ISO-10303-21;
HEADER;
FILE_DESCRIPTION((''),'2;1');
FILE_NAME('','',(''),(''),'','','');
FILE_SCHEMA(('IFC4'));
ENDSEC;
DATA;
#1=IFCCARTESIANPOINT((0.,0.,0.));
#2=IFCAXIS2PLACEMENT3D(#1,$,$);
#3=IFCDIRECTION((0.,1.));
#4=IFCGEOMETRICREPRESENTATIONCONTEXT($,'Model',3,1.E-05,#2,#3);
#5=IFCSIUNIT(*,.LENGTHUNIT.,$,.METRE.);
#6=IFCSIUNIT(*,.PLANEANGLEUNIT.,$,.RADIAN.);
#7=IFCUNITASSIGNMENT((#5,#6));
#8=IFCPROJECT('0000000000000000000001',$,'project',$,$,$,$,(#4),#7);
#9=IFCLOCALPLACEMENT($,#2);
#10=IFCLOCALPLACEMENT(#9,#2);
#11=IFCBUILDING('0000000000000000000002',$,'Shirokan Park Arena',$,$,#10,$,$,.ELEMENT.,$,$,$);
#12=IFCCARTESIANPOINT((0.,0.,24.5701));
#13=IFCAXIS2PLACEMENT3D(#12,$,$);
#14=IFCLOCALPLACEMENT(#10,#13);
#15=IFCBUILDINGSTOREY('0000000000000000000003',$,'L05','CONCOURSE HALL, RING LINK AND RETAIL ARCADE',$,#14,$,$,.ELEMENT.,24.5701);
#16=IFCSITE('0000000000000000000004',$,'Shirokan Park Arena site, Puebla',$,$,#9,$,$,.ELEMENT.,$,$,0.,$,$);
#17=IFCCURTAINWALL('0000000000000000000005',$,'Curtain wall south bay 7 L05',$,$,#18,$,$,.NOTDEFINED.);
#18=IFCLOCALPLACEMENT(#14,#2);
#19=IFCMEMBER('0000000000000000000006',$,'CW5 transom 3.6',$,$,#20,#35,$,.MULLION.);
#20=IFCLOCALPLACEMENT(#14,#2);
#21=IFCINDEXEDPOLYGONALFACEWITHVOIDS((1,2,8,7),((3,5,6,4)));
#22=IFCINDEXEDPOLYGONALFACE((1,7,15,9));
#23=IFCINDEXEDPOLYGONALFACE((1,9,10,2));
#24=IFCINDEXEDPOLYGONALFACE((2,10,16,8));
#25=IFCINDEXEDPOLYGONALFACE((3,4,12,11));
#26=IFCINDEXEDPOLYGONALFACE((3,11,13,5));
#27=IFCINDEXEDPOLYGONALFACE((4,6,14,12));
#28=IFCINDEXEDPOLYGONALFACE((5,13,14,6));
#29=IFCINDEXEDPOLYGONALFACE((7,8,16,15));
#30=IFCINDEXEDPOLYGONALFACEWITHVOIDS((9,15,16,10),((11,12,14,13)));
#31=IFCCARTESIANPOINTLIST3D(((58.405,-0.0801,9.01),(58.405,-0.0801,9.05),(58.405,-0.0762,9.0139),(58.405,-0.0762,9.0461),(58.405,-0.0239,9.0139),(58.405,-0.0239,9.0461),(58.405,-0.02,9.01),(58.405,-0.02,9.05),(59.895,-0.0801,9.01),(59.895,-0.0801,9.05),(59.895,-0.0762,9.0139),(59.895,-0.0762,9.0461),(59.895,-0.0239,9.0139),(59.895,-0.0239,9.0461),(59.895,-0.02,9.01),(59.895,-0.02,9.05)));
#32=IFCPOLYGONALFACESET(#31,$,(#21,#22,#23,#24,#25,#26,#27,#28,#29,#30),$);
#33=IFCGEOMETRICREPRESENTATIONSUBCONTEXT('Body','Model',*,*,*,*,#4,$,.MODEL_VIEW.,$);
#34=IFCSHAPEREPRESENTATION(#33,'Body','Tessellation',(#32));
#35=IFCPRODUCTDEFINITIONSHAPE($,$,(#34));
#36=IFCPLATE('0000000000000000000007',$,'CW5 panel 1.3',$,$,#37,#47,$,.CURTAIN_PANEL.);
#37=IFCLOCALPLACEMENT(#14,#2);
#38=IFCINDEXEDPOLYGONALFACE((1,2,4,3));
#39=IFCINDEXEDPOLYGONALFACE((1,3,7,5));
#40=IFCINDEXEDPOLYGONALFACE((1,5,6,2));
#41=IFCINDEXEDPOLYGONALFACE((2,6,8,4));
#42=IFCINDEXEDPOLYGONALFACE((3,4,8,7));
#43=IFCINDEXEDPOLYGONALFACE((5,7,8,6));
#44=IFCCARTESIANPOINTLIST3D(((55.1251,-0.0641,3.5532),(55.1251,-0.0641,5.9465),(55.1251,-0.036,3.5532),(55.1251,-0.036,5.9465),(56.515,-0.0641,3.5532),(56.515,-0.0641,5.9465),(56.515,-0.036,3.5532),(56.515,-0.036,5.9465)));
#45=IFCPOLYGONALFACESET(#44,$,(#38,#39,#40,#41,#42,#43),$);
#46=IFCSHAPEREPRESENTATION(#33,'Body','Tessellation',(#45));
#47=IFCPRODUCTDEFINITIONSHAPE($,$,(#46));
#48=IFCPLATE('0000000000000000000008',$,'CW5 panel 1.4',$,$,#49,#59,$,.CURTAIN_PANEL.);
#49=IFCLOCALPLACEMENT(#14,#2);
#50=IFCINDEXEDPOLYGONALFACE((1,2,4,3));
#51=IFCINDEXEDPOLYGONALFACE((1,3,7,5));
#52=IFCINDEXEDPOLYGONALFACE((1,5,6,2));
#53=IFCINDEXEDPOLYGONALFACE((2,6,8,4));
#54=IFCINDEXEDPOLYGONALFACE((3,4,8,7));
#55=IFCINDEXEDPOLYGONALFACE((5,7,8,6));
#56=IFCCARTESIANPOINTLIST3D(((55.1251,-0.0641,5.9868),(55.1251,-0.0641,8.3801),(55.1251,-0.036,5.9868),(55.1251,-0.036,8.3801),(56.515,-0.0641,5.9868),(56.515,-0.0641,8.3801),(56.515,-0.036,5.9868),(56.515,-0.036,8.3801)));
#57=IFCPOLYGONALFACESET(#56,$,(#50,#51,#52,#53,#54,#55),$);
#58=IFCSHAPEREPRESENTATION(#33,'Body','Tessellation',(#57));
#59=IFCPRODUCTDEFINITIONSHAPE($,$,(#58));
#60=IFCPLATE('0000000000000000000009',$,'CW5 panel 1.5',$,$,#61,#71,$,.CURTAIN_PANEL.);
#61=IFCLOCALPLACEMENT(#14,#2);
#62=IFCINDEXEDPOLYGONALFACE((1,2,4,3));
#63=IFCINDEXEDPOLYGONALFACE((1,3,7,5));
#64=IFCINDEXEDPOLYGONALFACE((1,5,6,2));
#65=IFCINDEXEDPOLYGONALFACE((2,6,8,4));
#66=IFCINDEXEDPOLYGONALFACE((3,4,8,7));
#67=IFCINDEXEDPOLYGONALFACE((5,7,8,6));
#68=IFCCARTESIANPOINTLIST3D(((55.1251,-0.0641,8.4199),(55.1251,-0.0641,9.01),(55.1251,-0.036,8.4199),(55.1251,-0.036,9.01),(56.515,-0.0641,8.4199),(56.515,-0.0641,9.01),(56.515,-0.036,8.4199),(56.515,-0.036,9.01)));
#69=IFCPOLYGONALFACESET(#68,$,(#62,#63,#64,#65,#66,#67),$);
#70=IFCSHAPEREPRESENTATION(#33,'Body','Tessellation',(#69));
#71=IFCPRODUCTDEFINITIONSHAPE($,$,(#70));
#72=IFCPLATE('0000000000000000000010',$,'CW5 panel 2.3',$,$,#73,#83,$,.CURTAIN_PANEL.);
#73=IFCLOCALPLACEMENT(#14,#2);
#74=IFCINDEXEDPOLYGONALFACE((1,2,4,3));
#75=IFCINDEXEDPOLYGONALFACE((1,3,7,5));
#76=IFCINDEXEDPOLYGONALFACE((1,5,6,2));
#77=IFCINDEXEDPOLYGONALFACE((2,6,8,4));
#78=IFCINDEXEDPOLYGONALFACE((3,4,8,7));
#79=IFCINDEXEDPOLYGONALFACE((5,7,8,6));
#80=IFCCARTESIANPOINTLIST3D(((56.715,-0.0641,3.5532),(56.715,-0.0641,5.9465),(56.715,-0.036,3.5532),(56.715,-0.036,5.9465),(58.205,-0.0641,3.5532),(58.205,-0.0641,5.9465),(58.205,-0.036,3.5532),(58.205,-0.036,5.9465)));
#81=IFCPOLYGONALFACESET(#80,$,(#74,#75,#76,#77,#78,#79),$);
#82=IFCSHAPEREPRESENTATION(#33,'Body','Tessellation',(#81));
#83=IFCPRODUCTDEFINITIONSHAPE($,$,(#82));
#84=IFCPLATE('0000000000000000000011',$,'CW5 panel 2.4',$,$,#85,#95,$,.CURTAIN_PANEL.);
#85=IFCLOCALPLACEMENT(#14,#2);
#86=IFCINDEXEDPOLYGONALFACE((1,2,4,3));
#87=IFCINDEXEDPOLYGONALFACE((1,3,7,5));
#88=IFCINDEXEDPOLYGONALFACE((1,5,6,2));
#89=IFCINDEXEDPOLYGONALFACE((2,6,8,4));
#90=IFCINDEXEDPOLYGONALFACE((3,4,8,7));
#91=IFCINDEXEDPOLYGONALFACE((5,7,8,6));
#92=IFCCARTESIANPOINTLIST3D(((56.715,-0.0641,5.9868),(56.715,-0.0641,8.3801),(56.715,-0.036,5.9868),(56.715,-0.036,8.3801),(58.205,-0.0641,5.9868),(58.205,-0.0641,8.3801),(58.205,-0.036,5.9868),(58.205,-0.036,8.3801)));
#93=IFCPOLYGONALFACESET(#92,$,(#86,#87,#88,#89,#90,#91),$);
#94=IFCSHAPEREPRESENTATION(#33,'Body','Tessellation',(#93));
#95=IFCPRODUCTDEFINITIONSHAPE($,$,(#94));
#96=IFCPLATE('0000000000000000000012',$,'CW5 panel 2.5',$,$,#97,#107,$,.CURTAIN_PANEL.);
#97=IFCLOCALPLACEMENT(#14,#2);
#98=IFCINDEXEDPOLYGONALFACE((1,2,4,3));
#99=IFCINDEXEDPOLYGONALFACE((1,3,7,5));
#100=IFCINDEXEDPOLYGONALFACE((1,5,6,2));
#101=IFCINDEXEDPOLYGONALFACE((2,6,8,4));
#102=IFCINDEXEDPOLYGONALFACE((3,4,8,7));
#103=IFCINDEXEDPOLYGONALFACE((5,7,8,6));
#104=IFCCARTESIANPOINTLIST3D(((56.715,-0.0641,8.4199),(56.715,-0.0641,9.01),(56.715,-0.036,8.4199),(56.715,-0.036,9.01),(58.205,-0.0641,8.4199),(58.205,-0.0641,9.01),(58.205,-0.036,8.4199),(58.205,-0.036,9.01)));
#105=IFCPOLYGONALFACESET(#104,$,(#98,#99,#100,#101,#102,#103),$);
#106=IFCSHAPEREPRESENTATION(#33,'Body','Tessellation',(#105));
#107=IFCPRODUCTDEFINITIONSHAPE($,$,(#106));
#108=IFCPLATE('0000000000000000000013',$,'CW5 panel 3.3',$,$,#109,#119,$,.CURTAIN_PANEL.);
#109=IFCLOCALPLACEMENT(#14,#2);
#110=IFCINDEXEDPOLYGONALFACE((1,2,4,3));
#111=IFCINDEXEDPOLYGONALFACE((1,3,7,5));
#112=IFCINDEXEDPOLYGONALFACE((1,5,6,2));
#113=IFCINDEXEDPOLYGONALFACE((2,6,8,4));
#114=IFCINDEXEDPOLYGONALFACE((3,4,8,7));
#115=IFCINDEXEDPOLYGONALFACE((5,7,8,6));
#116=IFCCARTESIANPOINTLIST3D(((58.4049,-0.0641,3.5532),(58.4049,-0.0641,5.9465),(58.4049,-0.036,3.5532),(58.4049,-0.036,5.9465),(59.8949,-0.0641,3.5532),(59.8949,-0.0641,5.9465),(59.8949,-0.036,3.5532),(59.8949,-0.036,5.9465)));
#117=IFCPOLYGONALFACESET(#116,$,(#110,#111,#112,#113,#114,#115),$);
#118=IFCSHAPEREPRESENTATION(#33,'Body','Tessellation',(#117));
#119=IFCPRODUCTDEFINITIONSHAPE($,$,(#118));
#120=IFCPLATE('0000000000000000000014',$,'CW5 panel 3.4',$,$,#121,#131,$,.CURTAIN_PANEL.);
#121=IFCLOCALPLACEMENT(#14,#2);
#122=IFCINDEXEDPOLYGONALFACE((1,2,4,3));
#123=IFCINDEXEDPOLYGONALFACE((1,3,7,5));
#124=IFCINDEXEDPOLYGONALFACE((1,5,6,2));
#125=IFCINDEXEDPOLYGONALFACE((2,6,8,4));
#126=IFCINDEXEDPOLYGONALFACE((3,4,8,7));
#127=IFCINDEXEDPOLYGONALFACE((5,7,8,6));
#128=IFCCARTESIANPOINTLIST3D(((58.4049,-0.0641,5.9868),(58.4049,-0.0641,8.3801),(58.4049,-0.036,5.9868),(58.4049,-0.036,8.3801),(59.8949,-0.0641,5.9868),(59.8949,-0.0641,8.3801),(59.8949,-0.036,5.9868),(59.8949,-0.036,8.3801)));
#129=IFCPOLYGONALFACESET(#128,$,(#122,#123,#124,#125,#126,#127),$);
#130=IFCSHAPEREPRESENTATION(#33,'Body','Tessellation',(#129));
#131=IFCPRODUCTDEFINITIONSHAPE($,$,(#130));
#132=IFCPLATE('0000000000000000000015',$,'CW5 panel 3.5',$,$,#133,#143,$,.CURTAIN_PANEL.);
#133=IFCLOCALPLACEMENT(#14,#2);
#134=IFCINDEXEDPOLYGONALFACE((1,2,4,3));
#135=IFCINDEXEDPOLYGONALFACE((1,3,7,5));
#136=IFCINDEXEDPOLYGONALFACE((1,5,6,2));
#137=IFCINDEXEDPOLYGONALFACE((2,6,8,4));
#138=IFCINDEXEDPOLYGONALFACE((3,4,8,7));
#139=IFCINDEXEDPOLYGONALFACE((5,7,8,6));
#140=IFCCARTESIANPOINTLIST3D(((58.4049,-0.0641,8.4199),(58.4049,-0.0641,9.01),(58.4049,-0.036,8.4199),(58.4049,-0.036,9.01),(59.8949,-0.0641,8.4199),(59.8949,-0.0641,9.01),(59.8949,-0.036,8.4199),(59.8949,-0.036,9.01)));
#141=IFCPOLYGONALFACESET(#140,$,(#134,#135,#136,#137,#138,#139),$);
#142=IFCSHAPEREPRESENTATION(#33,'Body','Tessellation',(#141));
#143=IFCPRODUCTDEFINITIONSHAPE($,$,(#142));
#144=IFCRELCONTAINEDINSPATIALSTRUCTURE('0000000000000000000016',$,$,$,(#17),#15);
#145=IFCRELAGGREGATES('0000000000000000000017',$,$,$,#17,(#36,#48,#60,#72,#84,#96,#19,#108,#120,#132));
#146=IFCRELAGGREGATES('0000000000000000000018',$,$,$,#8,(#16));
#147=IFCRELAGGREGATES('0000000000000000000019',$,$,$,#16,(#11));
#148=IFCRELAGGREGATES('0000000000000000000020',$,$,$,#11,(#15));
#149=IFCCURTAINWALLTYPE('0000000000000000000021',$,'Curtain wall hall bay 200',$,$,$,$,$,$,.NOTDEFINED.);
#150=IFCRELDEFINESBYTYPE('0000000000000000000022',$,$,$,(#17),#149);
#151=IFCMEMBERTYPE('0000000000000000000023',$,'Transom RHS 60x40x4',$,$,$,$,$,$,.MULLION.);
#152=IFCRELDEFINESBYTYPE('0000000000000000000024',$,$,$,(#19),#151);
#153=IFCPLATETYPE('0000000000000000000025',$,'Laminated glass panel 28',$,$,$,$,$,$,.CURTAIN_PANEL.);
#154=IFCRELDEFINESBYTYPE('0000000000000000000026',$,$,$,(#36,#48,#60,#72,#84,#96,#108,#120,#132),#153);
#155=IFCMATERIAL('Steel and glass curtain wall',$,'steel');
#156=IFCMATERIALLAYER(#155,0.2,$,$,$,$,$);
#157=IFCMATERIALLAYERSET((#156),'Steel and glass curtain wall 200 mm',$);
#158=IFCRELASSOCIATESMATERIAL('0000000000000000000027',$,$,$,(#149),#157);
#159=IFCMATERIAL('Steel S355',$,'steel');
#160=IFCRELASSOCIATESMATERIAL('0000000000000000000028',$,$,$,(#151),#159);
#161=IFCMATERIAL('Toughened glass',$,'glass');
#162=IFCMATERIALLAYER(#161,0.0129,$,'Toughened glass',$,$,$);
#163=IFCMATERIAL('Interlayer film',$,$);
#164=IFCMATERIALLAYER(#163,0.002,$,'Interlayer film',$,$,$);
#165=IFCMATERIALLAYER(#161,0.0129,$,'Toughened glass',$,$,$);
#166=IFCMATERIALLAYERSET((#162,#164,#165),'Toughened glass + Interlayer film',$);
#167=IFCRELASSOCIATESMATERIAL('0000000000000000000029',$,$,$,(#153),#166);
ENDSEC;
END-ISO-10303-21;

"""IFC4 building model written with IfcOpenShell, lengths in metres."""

from ifc_helpers import new_model, si_unit, direction, frame, origin, origin_2d, place, context, subcontext, project, spatial, rectangle, hollow_rectangle, extrude, material, layer, layer_set, material_profile, profile_set, type_object, element, aggregate, save


model = new_model("IFC4")

# Units and contexts
model_context = context("Model", 3, precision=1e-05, world=origin(), true_north=direction((0.0, 1.0)))
body_context = subcontext(model_context, "Body", "Model", "MODEL_VIEW")
ifc_project = project(units=[si_unit("LENGTHUNIT", "METRE"), si_unit("PLANEANGLEUNIT", "RADIAN")], contexts=[model_context])

# Site, building, storey
site_placement = place(None, origin())
site = spatial("IfcSite", under=ifc_project, at=site_placement, Name="Shirokan Park Arena site, Puebla", CompositionType="ELEMENT", RefElevation=0.0)
building_placement = place(site_placement, origin())
building = spatial("IfcBuilding", under=site, at=building_placement, Name="Shirokan Park Arena", CompositionType="ELEMENT")
storey_placement = place(building_placement, frame((0.0, 0.0, 24.5701)))
storey = spatial("IfcBuildingStorey", under=building, at=storey_placement, Name="L05", Description="CONCOURSE HALL, RING LINK AND RETAIL ARCADE", CompositionType="ELEMENT", Elevation=24.5701)

# Curtain wall, member, plates
ifc_material_1 = material(Name="Steel and glass curtain wall", Category="steel")
ifc_layer_1 = layer(ifc_material_1, 0.2)
ifc_layer_set_1 = layer_set([ifc_layer_1], Name="Steel and glass curtain wall 200 mm")
curtain_wall_type = type_object("IfcCurtainWallType", Name="Curtain wall hall bay 200", PredefinedType="NOTDEFINED", material=ifc_layer_set_1)
curtain_wall_placement = place(storey_placement, origin())
curtain_wall = element("IfcCurtainWall", 1, at=curtain_wall_placement, inside=storey, type_object=curtain_wall_type, Name="Curtain wall south bay 7 L05", PredefinedType="NOTDEFINED")
ifc_material_2 = material(Name="Steel S355", Category="steel")
ifc_material_profile = material_profile(ifc_material_2, hollow_rectangle(XDim=0.0601, YDim=0.04, WallThickness=0.0039, at=origin_2d()), Name="RHS 60x40x4")
ifc_profile_set = profile_set([ifc_material_profile], Name="Steel S355")
member_type = type_object("IfcMemberType", Name="Transom RHS 60x40x4", PredefinedType="MULLION", material=ifc_profile_set)
member_1_placement = place(storey_placement, frame((58.405, -0.05, 9.03), z_axis=(1.0, 0.0, 0.0), x_axis=(0.0, 1.0, 0.0)))
member_1 = element("IfcMember", 2, at=member_1_placement, type_object=member_type, Name="CW5 transom 3.6", PredefinedType="MULLION", context=body_context, shape_type="SweptSolid", body=[
    extrude(hollow_rectangle(XDim=0.0601, YDim=0.04, WallThickness=0.0039, at=origin_2d()), origin(), (0.0, 0.0, 1.0), 1.49),
])
ifc_material_3 = material(Name="Toughened glass", Category="glass")
ifc_layer_2 = layer(ifc_material_3, 0.0129, Name="Toughened glass")
ifc_material_4 = material(Name="Interlayer film")
ifc_layer_3 = layer(ifc_material_4, 0.002, Name="Interlayer film")
ifc_layer_4 = layer(ifc_material_3, 0.0129, Name="Toughened glass")
ifc_layer_set_2 = layer_set([ifc_layer_2, ifc_layer_3, ifc_layer_4], Name="Toughened glass + Interlayer film")
plate_type = type_object("IfcPlateType", Name="Laminated glass panel 28", PredefinedType="CURTAIN_PANEL", material=ifc_layer_set_2)
plate_1_placement = place(storey_placement, frame((55.8201, -0.05, 3.5532), z_axis=(0.0, 0.0, 1.0), x_axis=(1.0, 0.0, 0.0)))
plate_1 = element("IfcPlate", 3, at=plate_1_placement, type_object=plate_type, Name="CW5 panel 1.3", PredefinedType="CURTAIN_PANEL", context=body_context, shape_type="SweptSolid", body=[
    extrude(rectangle(XDim=1.3899, YDim=0.0281, at=origin_2d()), origin(), (0.0, 0.0, 1.0), 2.3933),
])
plate_2_placement = place(storey_placement, frame((55.8201, -0.05, 5.9868), z_axis=(0.0, 0.0, 1.0), x_axis=(1.0, 0.0, 0.0)))
plate_2 = element("IfcPlate", 4, at=plate_2_placement, type_object=plate_type, Name="CW5 panel 1.4", PredefinedType="CURTAIN_PANEL", context=body_context, shape_type="SweptSolid", body=[
    extrude(rectangle(XDim=1.3899, YDim=0.0281, at=origin_2d()), origin(), (0.0, 0.0, 1.0), 2.3933),
])
plate_3_placement = place(storey_placement, frame((55.8201, -0.05, 8.4199), z_axis=(0.0, 0.0, 1.0), x_axis=(1.0, 0.0, 0.0)))
plate_3 = element("IfcPlate", 5, at=plate_3_placement, type_object=plate_type, Name="CW5 panel 1.5", PredefinedType="CURTAIN_PANEL", context=body_context, shape_type="SweptSolid", body=[
    extrude(rectangle(XDim=1.3899, YDim=0.0281, at=origin_2d()), origin(), (0.0, 0.0, 1.0), 0.5901),
])
plate_4_placement = place(storey_placement, frame((57.46, -0.05, 3.5532), z_axis=(0.0, 0.0, 1.0), x_axis=(1.0, 0.0, 0.0)))
plate_4 = element("IfcPlate", 6, at=plate_4_placement, type_object=plate_type, Name="CW5 panel 2.3", PredefinedType="CURTAIN_PANEL", context=body_context, shape_type="SweptSolid", body=[
    extrude(rectangle(XDim=1.49, YDim=0.0281, at=origin_2d()), origin(), (0.0, 0.0, 1.0), 2.3933),
])
plate_5_placement = place(storey_placement, frame((57.46, -0.05, 5.9868), z_axis=(0.0, 0.0, 1.0), x_axis=(1.0, 0.0, 0.0)))
plate_5 = element("IfcPlate", 7, at=plate_5_placement, type_object=plate_type, Name="CW5 panel 2.4", PredefinedType="CURTAIN_PANEL", context=body_context, shape_type="SweptSolid", body=[
    extrude(rectangle(XDim=1.49, YDim=0.0281, at=origin_2d()), origin(), (0.0, 0.0, 1.0), 2.3933),
])
plate_6_placement = place(storey_placement, frame((57.46, -0.05, 8.4199), z_axis=(0.0, 0.0, 1.0), x_axis=(1.0, 0.0, 0.0)))
plate_6 = element("IfcPlate", 8, at=plate_6_placement, type_object=plate_type, Name="CW5 panel 2.5", PredefinedType="CURTAIN_PANEL", context=body_context, shape_type="SweptSolid", body=[
    extrude(rectangle(XDim=1.49, YDim=0.0281, at=origin_2d()), origin(), (0.0, 0.0, 1.0), 0.5901),
])
plate_7_placement = place(storey_placement, frame((59.1499, -0.05, 3.5532), z_axis=(0.0, 0.0, 1.0), x_axis=(1.0, 0.0, 0.0)))
plate_7 = element("IfcPlate", 9, at=plate_7_placement, type_object=plate_type, Name="CW5 panel 3.3", PredefinedType="CURTAIN_PANEL", context=body_context, shape_type="SweptSolid", body=[
    extrude(rectangle(XDim=1.49, YDim=0.0281, at=origin_2d()), origin(), (0.0, 0.0, 1.0), 2.3933),
])
plate_8_placement = place(storey_placement, frame((59.1499, -0.05, 5.9868), z_axis=(0.0, 0.0, 1.0), x_axis=(1.0, 0.0, 0.0)))
plate_8 = element("IfcPlate", 10, at=plate_8_placement, type_object=plate_type, Name="CW5 panel 3.4", PredefinedType="CURTAIN_PANEL", context=body_context, shape_type="SweptSolid", body=[
    extrude(rectangle(XDim=1.49, YDim=0.0281, at=origin_2d()), origin(), (0.0, 0.0, 1.0), 2.3933),
])
plate_9_placement = place(storey_placement, frame((59.1499, -0.05, 8.4199), z_axis=(0.0, 0.0, 1.0), x_axis=(1.0, 0.0, 0.0)))
plate_9 = element("IfcPlate", 11, at=plate_9_placement, type_object=plate_type, Name="CW5 panel 3.5", PredefinedType="CURTAIN_PANEL", context=body_context, shape_type="SweptSolid", body=[
    extrude(rectangle(XDim=1.49, YDim=0.0281, at=origin_2d()), origin(), (0.0, 0.0, 1.0), 0.5901),
])
aggregate(curtain_wall, [plate_1, plate_2, plate_3, plate_4, plate_5, plate_6, member_1, plate_7, plate_8, plate_9])

save(model, "model.ifc")
